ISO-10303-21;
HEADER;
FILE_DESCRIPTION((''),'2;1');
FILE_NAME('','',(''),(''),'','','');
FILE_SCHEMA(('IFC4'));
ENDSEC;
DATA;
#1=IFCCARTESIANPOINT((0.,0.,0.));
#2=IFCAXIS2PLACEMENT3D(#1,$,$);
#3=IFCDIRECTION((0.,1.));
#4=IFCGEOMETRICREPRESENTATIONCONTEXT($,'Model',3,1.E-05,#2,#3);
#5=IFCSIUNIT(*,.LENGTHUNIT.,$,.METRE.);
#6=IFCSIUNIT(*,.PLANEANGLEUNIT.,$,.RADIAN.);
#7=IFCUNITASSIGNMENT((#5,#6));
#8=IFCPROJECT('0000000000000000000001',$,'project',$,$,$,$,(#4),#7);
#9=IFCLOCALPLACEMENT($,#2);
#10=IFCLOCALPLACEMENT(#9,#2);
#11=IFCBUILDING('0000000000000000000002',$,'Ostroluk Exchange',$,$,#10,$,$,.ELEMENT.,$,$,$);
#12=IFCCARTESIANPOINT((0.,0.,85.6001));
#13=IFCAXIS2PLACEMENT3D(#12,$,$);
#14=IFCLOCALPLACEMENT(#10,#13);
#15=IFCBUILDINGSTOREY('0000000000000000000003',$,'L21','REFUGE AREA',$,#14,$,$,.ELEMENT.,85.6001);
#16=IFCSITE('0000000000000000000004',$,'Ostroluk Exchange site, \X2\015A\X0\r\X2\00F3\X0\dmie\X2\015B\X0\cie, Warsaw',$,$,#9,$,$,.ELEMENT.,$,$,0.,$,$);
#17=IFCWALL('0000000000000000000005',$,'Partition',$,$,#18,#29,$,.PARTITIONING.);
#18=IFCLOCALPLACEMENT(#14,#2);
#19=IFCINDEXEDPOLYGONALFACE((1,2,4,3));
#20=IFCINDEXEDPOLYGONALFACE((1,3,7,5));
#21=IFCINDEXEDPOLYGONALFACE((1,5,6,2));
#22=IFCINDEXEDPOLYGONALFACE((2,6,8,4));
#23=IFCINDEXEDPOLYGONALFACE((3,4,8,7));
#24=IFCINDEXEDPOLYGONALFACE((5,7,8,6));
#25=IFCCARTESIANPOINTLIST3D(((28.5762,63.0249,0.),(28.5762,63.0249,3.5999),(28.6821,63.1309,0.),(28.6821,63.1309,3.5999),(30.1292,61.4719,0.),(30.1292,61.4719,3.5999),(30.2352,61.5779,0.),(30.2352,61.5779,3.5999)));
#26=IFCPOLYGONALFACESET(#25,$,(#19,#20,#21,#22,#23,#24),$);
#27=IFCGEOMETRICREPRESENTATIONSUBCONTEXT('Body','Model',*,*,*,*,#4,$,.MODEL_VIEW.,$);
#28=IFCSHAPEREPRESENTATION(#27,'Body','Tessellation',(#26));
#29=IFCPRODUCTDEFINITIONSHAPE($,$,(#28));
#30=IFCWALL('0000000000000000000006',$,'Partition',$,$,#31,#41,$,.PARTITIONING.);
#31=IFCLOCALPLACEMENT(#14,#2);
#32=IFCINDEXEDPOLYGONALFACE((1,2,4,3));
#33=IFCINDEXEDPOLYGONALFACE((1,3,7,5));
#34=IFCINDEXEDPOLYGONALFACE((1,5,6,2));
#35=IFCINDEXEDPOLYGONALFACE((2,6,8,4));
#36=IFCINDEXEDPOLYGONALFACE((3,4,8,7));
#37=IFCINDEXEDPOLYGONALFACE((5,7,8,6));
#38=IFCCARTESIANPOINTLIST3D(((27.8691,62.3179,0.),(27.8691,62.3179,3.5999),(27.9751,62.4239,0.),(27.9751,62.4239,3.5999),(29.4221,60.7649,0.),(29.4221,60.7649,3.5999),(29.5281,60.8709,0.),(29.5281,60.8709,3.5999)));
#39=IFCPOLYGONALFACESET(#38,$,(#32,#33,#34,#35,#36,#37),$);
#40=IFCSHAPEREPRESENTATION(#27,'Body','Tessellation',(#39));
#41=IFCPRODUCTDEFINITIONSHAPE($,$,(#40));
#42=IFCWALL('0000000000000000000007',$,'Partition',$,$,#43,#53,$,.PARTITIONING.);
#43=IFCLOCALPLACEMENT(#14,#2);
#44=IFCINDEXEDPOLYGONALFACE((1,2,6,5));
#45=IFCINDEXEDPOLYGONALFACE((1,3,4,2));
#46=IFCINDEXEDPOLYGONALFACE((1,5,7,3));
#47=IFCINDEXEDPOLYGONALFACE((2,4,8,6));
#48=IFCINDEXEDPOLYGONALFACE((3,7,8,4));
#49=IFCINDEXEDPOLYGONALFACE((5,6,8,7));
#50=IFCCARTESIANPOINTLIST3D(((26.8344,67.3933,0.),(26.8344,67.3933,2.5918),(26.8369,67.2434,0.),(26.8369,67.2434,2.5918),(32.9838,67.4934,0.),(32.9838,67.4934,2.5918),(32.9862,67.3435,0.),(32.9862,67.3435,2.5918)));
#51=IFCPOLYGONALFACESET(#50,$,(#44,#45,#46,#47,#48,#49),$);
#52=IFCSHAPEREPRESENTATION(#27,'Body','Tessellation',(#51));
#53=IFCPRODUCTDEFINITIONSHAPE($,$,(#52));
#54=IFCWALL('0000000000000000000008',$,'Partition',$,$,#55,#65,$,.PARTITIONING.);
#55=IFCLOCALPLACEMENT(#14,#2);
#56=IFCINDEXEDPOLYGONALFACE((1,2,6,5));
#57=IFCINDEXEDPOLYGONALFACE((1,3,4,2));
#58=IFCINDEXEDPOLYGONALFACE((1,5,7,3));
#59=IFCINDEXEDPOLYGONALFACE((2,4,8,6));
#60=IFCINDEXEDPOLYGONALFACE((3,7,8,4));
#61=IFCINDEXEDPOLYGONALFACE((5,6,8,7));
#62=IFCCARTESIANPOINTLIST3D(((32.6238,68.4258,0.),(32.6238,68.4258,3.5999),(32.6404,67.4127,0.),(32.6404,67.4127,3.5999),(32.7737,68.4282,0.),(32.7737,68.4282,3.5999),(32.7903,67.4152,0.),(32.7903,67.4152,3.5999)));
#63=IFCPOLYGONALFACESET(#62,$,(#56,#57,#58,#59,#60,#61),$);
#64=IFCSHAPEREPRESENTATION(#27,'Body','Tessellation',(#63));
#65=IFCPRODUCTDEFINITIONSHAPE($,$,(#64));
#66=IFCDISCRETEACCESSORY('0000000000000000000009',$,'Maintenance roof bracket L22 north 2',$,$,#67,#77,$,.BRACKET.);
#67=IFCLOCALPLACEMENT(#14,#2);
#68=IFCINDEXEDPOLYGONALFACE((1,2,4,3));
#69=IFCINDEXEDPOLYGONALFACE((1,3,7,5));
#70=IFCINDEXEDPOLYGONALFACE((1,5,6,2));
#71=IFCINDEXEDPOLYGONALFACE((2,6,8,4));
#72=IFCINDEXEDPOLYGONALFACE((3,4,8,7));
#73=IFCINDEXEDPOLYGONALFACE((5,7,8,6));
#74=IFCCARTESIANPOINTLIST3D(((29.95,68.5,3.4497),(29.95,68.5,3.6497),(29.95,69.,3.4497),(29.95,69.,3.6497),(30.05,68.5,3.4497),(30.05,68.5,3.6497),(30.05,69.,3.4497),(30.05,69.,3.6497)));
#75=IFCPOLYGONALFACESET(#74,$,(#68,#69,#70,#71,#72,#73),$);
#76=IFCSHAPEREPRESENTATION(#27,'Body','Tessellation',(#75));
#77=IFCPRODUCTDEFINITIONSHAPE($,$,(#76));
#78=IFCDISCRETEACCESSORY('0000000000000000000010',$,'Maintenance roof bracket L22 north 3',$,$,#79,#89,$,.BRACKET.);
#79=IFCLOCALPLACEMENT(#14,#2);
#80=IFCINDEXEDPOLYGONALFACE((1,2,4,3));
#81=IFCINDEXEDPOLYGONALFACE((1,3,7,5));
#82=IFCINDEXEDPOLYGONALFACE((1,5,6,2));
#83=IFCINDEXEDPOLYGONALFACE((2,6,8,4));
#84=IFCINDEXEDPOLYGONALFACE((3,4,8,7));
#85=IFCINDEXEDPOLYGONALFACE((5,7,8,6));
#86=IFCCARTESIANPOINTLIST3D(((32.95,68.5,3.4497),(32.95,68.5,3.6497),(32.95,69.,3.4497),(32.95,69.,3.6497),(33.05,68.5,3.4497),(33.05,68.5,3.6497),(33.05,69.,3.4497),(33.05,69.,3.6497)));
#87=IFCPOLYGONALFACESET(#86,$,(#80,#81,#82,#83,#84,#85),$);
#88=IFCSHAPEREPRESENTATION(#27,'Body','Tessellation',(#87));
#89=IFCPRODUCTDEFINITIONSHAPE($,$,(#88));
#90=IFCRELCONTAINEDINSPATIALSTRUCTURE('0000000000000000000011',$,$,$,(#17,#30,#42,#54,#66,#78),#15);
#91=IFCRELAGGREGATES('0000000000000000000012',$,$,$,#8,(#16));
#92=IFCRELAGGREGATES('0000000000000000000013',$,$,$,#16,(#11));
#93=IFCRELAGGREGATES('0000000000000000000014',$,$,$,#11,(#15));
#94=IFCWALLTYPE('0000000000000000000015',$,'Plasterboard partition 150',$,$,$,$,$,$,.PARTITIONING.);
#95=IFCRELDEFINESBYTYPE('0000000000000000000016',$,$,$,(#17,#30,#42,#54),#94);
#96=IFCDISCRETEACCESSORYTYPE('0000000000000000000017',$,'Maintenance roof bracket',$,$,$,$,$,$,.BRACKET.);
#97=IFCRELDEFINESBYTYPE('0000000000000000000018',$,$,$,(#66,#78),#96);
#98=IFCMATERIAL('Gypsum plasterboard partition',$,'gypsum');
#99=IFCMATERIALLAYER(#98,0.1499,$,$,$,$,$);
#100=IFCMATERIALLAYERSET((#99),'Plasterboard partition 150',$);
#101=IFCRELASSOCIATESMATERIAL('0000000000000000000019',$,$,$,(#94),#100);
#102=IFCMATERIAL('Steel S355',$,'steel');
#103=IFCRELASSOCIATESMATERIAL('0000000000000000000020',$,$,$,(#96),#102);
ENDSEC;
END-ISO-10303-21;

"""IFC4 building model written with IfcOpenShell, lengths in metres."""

from ifc_helpers import new_model, si_unit, direction, frame, frame_2d, origin, origin_2d, place, context, subcontext, project, spatial, rectangle, extrude, material, layer, layer_set, type_object, element, save


model = new_model("IFC4")

# Units and contexts
model_context = context("Model", 3, precision=1e-05, world=origin(), true_north=direction((0.0, 1.0)))
body_context = subcontext(model_context, "Body", "Model", "MODEL_VIEW")
ifc_project = project(units=[si_unit("LENGTHUNIT", "METRE"), si_unit("PLANEANGLEUNIT", "RADIAN")], contexts=[model_context])

# Site, building, storey
site_placement = place(None, origin())
site = spatial("IfcSite", under=ifc_project, at=site_placement, Name="Ostroluk Exchange site, Śródmieście, Warsaw", CompositionType="ELEMENT", RefElevation=0.0)
building_placement = place(site_placement, origin())
building = spatial("IfcBuilding", under=site, at=building_placement, Name="Ostroluk Exchange", CompositionType="ELEMENT")
storey_placement = place(building_placement, frame((0.0, 0.0, 85.6001)))
storey = spatial("IfcBuildingStorey", under=building, at=storey_placement, Name="L21", Description="REFUGE AREA", CompositionType="ELEMENT", Elevation=85.6001)

# Shared definitions
ifc_material_1 = material(Name="Gypsum plasterboard partition", Category="gypsum")
ifc_layer_1 = layer(ifc_material_1, 0.1499)
ifc_layer_set_1 = layer_set([ifc_layer_1], Name="Plasterboard partition 150")
wall_type = type_object("IfcWallType", Name="Plasterboard partition 150", PredefinedType="PARTITIONING", material=ifc_layer_set_1)

# Walls
for number, where, z_axis, x_axis, name in (
    (1, (28.6292, 63.0779, 0.0), (0.0, 0.0, 1.0), (0.707107, -0.707107, 0.0), "Partition"),
    (2, (29.4751, 60.8179, 0.0), (0.0, 0.0, 1.0), (-0.707107, 0.707107, 0.0), "Partition"),
):
    element("IfcWall", number, at=place(storey_placement, frame(where, z_axis=z_axis, x_axis=x_axis)), inside=storey, type_object=wall_type, Name=name, PredefinedType="PARTITIONING", context=body_context, shape_type="SweptSolid", body=[
        extrude(rectangle(XDim=2.1963, YDim=0.1499, at=frame_2d((1.0981, 0.0))), origin(), (0.0, 0.0, 1.0), 3.5999),
    ])
wall_1_placement = place(storey_placement, frame((32.9851, 67.4185, 0.0), z_axis=(0.0, 0.0, 1.0), x_axis=(-0.999868, -0.016275, 0.0)))
element("IfcWall", 3, at=wall_1_placement, inside=storey, type_object=wall_type, Name="Partition", PredefinedType="PARTITIONING", context=body_context, shape_type="SweptSolid", body=[
    extrude(rectangle(XDim=6.1501, YDim=0.1499, at=frame_2d((3.0752, 0.0))), origin(), (0.0, 0.0, 1.0), 2.5918),
])
wall_2_placement = place(storey_placement, frame((32.6987, 68.427, 0.0), z_axis=(0.0, 0.0, 1.0), x_axis=(0.016387, -0.999866, 0.0)))
element("IfcWall", 4, at=wall_2_placement, inside=storey, type_object=wall_type, Name="Partition", PredefinedType="PARTITIONING", context=body_context, shape_type="SweptSolid", body=[
    extrude(rectangle(XDim=1.0132, YDim=0.1499, at=frame_2d((0.5066, 0.0))), origin(), (0.0, 0.0, 1.0), 3.5999),
])

# Discrete accessories
ifc_material_2 = material(Name="Steel S355", Category="steel")
discrete_accessory_type = type_object("IfcDiscreteAccessoryType", Name="Maintenance roof bracket", PredefinedType="BRACKET", material=ifc_material_2)
for number, where, z_axis, x_axis, name in (
    (5, (30.0, 68.75, 3.4497), (0.0, 0.0, 1.0), (1.0, 0.0, 0.0), "Maintenance roof bracket L22 north 2"),
    (6, (33.0, 68.75, 3.4497), (0.0, 0.0, 1.0), (1.0, 0.0, 0.0), "Maintenance roof bracket L22 north 3"),
):
    element("IfcDiscreteAccessory", number, at=place(storey_placement, frame(where, z_axis=z_axis, x_axis=x_axis)), inside=storey, type_object=discrete_accessory_type, Name=name, PredefinedType="BRACKET", context=body_context, shape_type="SweptSolid", body=[
        extrude(rectangle(XDim=0.1001, YDim=0.5, at=origin_2d()), origin(), (0.0, 0.0, 1.0), 0.2),
    ])

save(model, "model.ifc")
